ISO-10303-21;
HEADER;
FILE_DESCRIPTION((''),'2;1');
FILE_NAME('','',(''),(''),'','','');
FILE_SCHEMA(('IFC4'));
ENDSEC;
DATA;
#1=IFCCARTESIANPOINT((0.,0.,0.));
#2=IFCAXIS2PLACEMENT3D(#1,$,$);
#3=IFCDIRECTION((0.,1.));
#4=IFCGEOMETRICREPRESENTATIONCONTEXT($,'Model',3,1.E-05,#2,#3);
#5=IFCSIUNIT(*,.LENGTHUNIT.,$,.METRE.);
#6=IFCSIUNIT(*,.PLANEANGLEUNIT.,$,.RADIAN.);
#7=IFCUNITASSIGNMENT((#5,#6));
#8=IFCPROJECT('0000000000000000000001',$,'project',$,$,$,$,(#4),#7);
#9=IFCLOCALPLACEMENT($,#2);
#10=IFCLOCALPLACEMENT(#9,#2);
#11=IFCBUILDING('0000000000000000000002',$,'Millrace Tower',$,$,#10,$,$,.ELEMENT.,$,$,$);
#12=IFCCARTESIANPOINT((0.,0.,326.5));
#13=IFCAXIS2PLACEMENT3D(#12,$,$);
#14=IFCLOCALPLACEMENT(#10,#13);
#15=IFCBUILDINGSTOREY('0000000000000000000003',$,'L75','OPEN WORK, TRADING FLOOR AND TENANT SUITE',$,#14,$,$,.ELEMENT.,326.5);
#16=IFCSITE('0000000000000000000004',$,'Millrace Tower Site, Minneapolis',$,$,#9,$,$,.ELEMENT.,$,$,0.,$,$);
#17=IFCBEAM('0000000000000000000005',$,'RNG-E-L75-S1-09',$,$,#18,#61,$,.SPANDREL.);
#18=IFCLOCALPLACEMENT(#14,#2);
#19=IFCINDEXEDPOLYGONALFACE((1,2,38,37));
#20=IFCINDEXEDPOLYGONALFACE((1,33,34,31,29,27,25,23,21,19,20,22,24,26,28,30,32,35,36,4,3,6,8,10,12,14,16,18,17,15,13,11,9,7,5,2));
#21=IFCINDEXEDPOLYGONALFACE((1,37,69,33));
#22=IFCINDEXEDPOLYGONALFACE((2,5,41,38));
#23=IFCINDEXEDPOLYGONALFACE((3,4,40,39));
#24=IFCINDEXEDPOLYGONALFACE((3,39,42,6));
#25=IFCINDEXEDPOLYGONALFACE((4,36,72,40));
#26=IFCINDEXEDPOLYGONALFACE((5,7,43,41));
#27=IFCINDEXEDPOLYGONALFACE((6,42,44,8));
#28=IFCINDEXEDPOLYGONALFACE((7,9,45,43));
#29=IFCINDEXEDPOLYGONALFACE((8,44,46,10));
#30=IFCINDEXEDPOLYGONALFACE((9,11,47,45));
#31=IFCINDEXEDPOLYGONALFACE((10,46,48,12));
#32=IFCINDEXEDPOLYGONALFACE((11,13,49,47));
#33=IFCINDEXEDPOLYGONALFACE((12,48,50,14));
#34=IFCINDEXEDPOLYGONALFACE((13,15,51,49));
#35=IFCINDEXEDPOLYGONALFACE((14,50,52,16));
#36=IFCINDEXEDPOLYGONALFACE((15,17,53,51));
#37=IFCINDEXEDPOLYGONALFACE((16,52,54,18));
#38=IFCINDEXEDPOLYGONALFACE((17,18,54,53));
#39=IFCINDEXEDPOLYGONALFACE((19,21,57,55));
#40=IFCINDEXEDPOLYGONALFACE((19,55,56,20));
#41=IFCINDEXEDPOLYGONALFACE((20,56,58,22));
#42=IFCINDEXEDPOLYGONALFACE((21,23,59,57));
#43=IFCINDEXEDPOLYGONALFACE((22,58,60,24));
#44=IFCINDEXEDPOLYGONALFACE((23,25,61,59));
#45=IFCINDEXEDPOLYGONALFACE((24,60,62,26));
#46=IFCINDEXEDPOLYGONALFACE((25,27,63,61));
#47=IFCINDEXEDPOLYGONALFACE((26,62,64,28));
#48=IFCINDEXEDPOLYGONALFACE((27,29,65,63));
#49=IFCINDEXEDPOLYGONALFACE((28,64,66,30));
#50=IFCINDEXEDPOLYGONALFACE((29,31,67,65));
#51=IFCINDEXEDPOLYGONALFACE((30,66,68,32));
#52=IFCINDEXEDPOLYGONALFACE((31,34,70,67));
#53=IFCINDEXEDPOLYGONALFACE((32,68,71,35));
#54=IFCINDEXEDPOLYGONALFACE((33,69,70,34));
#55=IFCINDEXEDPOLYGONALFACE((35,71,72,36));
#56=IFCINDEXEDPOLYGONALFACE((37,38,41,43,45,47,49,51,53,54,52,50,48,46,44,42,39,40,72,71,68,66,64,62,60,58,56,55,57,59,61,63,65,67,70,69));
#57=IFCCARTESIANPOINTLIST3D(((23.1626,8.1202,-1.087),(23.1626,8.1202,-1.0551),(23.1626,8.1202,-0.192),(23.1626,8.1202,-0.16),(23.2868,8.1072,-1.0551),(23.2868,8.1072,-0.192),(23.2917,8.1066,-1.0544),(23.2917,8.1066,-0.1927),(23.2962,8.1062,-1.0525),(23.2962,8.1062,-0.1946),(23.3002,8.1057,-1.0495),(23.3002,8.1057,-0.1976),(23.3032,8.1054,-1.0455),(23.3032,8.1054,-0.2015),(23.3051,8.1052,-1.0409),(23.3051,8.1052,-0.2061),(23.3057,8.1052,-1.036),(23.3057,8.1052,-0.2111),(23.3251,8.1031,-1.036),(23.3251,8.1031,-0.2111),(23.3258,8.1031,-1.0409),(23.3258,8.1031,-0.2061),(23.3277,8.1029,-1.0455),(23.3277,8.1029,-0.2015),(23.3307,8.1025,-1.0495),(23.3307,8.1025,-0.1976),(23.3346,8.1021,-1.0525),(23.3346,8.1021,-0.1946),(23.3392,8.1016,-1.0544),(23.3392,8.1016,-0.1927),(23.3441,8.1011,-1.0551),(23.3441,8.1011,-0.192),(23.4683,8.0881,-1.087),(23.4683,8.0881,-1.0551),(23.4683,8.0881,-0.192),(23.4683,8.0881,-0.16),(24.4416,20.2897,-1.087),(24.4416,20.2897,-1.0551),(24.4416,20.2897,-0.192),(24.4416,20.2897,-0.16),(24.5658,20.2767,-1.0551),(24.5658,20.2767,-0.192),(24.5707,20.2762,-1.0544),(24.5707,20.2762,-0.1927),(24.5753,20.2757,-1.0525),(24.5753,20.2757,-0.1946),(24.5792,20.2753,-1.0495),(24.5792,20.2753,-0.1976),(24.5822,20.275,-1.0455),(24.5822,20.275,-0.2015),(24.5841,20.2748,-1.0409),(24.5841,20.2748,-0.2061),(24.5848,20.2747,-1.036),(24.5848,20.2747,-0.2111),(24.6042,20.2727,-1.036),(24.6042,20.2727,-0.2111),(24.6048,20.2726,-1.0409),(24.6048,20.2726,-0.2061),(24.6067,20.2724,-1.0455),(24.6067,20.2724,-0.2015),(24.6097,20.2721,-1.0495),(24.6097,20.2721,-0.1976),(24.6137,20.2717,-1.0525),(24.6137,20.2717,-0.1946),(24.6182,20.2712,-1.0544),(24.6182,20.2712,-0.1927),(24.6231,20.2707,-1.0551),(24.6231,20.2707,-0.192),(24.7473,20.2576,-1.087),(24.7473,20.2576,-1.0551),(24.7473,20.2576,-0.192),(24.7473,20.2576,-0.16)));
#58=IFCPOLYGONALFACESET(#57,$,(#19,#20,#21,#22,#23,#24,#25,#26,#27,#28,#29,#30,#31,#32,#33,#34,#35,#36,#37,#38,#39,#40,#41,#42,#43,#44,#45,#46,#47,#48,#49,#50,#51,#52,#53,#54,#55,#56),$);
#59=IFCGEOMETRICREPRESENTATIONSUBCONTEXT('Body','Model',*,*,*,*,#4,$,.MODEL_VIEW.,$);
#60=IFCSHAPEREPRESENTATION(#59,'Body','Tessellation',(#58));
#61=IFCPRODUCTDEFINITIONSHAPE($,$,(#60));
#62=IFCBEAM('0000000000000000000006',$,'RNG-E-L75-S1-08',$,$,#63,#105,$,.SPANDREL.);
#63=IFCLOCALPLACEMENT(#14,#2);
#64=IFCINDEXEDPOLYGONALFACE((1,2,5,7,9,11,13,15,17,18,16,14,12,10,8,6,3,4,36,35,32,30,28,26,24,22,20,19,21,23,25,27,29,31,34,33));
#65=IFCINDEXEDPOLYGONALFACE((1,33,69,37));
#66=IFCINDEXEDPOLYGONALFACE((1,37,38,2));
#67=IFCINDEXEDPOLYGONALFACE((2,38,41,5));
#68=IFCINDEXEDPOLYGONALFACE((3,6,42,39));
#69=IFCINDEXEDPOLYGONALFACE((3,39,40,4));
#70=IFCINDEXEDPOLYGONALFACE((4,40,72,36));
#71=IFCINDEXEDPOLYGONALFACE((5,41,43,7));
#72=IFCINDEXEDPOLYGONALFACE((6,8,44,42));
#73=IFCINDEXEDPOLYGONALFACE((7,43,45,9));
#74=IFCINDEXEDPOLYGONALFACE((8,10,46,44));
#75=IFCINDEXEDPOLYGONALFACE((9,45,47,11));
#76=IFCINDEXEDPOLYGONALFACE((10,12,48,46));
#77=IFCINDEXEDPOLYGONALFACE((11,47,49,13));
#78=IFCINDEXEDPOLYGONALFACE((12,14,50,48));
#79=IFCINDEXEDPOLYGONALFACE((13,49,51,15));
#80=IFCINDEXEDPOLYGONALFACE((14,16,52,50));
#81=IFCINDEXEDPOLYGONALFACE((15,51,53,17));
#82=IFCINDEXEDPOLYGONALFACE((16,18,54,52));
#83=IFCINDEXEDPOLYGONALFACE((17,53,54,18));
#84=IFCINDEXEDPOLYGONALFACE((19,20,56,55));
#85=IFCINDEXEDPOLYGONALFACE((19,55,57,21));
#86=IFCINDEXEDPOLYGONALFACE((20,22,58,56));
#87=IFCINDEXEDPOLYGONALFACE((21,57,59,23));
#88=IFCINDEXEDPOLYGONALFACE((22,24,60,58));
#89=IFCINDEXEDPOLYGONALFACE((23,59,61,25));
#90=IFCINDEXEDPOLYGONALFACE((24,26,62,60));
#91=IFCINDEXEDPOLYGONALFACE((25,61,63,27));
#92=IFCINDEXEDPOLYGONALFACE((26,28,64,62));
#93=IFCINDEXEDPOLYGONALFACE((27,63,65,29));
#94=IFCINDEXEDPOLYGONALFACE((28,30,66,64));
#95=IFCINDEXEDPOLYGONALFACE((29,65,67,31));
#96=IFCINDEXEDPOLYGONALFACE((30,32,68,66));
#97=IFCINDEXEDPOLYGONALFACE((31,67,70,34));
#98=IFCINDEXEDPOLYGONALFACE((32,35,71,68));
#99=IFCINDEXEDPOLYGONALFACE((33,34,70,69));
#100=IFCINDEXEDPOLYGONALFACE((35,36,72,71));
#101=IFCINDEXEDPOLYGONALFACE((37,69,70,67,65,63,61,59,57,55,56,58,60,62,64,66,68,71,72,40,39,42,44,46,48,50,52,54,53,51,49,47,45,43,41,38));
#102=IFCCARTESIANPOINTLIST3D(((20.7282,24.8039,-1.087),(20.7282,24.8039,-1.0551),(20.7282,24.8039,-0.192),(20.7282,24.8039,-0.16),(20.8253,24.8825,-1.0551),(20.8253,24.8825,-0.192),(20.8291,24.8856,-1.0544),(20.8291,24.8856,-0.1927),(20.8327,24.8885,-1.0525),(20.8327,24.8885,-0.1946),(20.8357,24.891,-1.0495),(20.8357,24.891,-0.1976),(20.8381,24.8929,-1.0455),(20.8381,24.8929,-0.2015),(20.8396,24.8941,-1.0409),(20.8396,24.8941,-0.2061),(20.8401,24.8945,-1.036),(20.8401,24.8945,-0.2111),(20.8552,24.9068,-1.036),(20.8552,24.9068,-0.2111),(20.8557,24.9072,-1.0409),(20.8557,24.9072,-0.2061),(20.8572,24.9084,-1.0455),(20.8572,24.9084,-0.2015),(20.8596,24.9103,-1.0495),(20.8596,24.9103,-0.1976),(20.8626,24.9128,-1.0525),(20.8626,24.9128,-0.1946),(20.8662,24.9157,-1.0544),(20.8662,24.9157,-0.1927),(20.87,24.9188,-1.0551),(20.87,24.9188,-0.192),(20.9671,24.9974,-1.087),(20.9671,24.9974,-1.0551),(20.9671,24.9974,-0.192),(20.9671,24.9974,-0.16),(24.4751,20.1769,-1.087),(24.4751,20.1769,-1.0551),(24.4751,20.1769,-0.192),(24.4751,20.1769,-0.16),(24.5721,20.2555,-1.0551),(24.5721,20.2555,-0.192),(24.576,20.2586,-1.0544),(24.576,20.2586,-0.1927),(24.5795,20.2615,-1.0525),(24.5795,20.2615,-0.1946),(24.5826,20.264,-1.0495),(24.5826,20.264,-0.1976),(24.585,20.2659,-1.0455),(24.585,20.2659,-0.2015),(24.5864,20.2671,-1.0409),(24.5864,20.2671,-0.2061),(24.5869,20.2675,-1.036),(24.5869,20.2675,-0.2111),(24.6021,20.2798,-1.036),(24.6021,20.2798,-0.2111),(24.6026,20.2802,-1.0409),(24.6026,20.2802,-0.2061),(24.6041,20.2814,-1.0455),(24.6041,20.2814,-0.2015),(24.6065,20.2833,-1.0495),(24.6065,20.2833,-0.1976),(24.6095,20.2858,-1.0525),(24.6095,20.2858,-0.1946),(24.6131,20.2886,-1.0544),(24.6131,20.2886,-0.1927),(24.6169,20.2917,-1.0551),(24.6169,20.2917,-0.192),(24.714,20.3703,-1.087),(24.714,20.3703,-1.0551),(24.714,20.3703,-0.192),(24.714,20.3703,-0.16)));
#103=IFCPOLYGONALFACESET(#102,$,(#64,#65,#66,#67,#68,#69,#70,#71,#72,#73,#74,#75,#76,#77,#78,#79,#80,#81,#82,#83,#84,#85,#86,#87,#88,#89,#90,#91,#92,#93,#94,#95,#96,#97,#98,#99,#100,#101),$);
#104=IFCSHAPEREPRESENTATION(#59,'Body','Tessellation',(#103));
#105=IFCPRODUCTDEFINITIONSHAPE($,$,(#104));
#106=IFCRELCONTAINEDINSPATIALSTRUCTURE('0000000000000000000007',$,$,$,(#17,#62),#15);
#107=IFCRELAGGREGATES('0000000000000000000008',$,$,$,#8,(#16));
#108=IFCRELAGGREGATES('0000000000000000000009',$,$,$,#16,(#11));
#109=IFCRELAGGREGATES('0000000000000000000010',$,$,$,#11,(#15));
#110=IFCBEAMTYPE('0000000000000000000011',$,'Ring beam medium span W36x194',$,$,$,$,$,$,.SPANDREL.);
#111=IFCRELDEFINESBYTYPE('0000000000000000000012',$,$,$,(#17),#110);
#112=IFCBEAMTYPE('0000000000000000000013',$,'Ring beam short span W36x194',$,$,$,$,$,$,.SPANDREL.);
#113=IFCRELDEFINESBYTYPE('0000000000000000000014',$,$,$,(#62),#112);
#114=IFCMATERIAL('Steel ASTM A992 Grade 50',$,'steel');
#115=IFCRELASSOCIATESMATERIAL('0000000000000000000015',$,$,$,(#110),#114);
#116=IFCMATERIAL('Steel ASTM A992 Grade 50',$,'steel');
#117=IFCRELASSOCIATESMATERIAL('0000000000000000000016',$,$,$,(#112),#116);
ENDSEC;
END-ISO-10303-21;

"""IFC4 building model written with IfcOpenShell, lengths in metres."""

from ifc_helpers import new_model, si_unit, direction, frame, origin, origin_2d, place, context, subcontext, project, spatial, i_section, extrude, material, material_profile, profile_set, type_object, element, save


model = new_model("IFC4")

# Units and contexts
model_context = context("Model", 3, precision=1e-05, world=origin(), true_north=direction((0.0, 1.0)))
body_context = subcontext(model_context, "Body", "Model", "MODEL_VIEW")
ifc_project = project(units=[si_unit("LENGTHUNIT", "METRE"), si_unit("PLANEANGLEUNIT", "RADIAN")], contexts=[model_context])

# Site, building, storey
site_placement = place(None, origin())
site = spatial("IfcSite", under=ifc_project, at=site_placement, Name="Millrace Tower Site, Minneapolis", CompositionType="ELEMENT", RefElevation=0.0)
building_placement = place(site_placement, origin())
building = spatial("IfcBuilding", under=site, at=building_placement, Name="Millrace Tower", CompositionType="ELEMENT")
storey_placement = place(building_placement, frame((0.0, 0.0, 326.5)))
storey = spatial("IfcBuildingStorey", under=building, at=storey_placement, Name="L75", Description="OPEN WORK, TRADING FLOOR AND TENANT SUITE", CompositionType="ELEMENT", Elevation=326.5)

# Beams
ifc_material_1 = material(Name="Steel ASTM A992 Grade 50", Category="steel")
ifc_material_profile_1 = material_profile(ifc_material_1, i_section(OverallWidth=0.3074, OverallDepth=0.927, WebThickness=0.0195, FlangeThickness=0.032, FilletRadius=0.019, at=origin_2d()))
ifc_profile_set_1 = profile_set([ifc_material_profile_1], Name="Steel ASTM A992 Grade 50")
beam_type_1 = type_object("IfcBeamType", Name="Ring beam medium span W36x194", PredefinedType="SPANDREL", material=ifc_profile_set_1)
beam_1_placement = place(storey_placement, frame((24.5945, 20.2737, -0.6235), z_axis=(-0.104528, -0.994522, 0.0), x_axis=(0.994522, -0.104528, 0.0)))
element("IfcBeam", 1, at=beam_1_placement, inside=storey, type_object=beam_type_1, Name="RNG-E-L75-S1-09", PredefinedType="SPANDREL", context=body_context, shape_type="SweptSolid", body=[
    extrude(i_section(OverallWidth=0.3074, OverallDepth=0.927, WebThickness=0.0195, FlangeThickness=0.032, FilletRadius=0.019, at=origin_2d()), origin(), (0.0, 0.0, 1.0), 12.2366),
])
ifc_material_2 = material(Name="Steel ASTM A992 Grade 50", Category="steel")
ifc_material_profile_2 = material_profile(ifc_material_2, i_section(OverallWidth=0.3074, OverallDepth=0.927, WebThickness=0.0195, FlangeThickness=0.032, FilletRadius=0.019, at=origin_2d()))
ifc_profile_set_2 = profile_set([ifc_material_profile_2], Name="Steel ASTM A992 Grade 50")
beam_type_2 = type_object("IfcBeamType", Name="Ring beam short span W36x194", PredefinedType="SPANDREL", material=ifc_profile_set_2)
beam_2_placement = place(storey_placement, frame((20.8477, 24.9006, -0.6235), z_axis=(0.62932, -0.777147, 0.0), x_axis=(0.777147, 0.62932, 0.0)))
element("IfcBeam", 2, at=beam_2_placement, inside=storey, type_object=beam_type_2, Name="RNG-E-L75-S1-08", PredefinedType="SPANDREL", context=body_context, shape_type="SweptSolid", body=[
    extrude(i_section(OverallWidth=0.3074, OverallDepth=0.927, WebThickness=0.0195, FlangeThickness=0.032, FilletRadius=0.019, at=origin_2d()), origin(), (0.0, 0.0, 1.0), 5.9539),
])

save(model, "model.ifc")
